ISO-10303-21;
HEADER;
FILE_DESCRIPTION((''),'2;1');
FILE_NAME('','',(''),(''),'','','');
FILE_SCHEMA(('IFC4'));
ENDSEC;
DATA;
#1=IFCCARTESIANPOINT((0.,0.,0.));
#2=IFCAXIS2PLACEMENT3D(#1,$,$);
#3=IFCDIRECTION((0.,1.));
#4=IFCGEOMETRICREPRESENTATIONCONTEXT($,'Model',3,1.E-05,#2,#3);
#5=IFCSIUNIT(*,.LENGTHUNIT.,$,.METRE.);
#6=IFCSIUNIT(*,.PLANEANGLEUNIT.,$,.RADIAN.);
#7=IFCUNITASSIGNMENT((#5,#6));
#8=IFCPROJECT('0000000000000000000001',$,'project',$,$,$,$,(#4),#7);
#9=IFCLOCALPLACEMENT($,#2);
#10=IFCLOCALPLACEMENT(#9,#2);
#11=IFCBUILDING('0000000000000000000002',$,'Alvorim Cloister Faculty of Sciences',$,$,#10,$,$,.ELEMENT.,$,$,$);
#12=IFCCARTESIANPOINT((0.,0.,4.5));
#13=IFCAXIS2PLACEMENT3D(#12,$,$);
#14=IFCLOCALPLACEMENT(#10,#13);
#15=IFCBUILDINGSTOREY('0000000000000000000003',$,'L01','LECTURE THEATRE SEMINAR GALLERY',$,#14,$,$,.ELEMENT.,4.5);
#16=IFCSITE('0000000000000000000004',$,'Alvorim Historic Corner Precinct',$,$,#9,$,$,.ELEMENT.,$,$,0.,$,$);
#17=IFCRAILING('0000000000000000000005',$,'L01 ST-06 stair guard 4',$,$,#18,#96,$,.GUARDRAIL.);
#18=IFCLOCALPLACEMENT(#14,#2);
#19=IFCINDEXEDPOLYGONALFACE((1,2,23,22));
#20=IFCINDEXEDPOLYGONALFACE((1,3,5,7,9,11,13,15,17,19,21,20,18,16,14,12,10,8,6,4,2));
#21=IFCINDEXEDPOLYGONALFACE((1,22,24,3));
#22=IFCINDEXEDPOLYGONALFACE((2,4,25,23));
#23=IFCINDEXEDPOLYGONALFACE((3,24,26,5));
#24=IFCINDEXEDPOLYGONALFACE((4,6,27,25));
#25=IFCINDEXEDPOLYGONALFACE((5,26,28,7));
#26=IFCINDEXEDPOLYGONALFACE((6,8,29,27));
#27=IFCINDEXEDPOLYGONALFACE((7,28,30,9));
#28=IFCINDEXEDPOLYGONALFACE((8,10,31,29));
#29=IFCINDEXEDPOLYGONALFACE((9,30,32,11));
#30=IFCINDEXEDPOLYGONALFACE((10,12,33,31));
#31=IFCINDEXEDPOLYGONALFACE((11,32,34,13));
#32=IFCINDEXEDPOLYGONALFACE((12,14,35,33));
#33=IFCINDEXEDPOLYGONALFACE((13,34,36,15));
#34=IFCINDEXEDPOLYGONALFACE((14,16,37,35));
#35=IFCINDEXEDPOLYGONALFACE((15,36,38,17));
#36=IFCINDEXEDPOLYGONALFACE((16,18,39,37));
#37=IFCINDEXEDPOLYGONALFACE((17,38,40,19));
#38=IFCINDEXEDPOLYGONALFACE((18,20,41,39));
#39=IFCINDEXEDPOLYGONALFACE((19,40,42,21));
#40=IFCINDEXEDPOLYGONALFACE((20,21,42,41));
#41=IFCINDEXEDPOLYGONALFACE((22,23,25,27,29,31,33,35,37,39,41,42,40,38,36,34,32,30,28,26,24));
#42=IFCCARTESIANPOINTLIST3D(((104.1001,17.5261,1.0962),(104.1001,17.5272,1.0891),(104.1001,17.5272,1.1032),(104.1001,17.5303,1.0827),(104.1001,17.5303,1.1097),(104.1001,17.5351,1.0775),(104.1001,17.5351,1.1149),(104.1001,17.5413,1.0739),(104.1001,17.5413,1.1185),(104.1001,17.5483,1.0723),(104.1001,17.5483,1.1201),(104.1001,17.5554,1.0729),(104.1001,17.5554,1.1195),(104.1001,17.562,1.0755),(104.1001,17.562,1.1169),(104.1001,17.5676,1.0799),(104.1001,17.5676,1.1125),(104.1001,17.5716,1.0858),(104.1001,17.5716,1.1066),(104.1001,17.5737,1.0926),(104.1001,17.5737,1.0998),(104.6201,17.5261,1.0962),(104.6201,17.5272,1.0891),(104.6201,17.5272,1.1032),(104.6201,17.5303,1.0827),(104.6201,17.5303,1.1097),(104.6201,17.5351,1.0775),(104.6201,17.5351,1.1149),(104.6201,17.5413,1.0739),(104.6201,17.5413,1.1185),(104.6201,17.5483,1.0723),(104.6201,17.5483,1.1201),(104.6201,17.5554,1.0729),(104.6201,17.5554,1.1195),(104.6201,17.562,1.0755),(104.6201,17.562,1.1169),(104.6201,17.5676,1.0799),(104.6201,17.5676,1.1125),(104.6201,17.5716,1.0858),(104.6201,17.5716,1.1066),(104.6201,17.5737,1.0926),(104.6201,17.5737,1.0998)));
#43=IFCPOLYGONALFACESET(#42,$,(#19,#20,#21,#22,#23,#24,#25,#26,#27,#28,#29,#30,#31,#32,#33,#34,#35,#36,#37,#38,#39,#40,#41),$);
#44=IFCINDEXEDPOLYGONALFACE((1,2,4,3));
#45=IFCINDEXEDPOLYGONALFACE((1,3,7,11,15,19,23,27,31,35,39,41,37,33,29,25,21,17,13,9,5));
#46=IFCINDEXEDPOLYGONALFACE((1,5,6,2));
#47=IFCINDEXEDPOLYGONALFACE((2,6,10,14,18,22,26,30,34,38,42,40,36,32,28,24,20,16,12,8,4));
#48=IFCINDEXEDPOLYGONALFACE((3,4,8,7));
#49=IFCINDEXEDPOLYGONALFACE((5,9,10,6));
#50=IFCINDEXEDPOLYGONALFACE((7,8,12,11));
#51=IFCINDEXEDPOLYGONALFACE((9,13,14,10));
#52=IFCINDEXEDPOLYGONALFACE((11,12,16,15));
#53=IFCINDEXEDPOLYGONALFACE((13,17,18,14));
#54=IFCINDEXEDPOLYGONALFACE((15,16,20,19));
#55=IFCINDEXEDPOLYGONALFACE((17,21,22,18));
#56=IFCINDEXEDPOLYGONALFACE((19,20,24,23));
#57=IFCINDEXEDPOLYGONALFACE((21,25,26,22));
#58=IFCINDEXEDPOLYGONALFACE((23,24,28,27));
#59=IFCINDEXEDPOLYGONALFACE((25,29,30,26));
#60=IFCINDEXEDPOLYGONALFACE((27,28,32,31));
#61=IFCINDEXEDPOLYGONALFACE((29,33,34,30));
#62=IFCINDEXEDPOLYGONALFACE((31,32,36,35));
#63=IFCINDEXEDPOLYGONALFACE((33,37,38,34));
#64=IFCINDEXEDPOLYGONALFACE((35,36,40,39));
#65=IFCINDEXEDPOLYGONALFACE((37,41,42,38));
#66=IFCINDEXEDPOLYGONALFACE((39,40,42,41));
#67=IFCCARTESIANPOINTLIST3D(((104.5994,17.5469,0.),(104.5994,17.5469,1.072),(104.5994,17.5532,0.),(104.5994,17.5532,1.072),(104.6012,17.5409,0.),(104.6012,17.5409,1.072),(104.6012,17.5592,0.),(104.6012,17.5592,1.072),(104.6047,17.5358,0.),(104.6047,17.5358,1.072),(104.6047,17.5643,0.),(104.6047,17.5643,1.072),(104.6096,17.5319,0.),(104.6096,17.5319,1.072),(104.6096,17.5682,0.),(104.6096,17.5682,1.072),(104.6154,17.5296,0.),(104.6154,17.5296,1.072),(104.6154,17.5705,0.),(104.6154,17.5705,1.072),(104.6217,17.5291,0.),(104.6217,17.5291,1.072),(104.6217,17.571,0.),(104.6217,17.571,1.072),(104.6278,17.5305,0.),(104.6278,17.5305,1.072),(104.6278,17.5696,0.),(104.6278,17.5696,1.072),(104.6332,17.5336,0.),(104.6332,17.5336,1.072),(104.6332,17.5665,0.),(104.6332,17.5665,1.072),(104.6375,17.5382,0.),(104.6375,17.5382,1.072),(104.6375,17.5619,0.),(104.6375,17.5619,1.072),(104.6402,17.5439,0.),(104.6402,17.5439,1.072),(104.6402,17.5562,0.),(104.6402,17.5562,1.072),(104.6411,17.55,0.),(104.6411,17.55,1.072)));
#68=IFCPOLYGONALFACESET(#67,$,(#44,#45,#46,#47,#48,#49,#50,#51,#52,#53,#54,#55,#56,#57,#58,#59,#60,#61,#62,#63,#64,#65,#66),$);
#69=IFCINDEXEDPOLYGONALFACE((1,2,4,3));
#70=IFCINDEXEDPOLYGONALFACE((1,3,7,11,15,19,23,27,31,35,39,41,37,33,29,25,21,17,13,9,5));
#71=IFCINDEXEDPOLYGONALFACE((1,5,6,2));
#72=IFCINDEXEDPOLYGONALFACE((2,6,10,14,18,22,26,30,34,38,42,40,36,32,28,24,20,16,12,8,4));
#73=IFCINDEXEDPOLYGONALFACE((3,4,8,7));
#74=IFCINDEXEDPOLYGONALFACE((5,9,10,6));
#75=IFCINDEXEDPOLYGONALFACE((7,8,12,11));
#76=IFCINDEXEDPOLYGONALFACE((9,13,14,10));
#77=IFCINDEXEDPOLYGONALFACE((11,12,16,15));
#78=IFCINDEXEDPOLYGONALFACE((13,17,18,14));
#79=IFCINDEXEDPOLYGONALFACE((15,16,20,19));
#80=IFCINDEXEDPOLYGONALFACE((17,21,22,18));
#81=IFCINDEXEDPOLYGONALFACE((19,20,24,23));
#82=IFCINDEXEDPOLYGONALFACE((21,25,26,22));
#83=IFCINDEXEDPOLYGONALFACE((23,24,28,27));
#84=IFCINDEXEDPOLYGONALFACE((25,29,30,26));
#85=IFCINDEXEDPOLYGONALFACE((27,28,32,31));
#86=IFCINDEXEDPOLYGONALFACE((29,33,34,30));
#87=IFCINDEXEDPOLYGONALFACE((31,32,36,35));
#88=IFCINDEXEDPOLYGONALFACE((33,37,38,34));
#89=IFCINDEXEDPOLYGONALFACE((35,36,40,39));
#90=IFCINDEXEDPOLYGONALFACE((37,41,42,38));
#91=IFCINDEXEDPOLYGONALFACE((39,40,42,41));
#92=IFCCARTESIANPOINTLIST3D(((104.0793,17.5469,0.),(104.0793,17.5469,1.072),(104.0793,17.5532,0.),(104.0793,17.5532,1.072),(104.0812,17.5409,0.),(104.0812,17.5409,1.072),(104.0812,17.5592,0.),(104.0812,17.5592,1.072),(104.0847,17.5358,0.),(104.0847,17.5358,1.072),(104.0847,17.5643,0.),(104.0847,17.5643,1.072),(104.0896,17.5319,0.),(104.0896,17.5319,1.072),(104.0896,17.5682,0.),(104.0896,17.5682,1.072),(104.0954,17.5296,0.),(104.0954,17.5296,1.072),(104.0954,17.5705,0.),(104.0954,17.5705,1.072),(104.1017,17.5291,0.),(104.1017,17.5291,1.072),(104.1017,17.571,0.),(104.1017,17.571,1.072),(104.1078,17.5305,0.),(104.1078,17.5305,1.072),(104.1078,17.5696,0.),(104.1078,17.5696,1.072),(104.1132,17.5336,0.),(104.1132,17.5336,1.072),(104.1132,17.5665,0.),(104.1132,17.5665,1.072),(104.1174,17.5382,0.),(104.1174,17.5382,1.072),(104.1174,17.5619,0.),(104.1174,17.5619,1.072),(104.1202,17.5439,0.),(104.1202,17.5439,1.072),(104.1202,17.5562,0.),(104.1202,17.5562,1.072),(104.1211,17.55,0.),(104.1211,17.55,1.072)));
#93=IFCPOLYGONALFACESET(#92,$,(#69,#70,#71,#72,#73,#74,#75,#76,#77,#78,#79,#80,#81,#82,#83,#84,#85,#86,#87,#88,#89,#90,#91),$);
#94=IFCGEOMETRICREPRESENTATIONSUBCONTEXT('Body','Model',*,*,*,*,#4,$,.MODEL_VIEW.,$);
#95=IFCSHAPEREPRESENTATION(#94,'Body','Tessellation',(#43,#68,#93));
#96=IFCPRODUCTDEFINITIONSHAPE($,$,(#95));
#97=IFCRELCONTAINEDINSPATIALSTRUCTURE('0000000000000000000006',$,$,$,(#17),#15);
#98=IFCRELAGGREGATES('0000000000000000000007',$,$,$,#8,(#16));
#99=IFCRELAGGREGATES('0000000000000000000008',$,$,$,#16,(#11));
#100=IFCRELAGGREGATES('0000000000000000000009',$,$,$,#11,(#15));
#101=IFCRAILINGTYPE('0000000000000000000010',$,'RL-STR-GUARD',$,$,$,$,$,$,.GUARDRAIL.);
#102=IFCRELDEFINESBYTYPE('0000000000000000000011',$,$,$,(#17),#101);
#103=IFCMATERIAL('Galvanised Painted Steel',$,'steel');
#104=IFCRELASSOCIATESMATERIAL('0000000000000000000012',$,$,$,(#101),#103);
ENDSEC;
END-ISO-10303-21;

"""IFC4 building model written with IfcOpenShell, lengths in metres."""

from ifc_helpers import new_model, si_unit, direction, frame, origin, origin_2d, place, context, subcontext, project, spatial, circle, extrude, material, type_object, element, save


model = new_model("IFC4")

# Units and contexts
model_context = context("Model", 3, precision=1e-05, world=origin(), true_north=direction((0.0, 1.0)))
body_context = subcontext(model_context, "Body", "Model", "MODEL_VIEW")
ifc_project = project(units=[si_unit("LENGTHUNIT", "METRE"), si_unit("PLANEANGLEUNIT", "RADIAN")], contexts=[model_context])

# Site, building, storey
site_placement = place(None, origin())
site = spatial("IfcSite", under=ifc_project, at=site_placement, Name="Alvorim Historic Corner Precinct", CompositionType="ELEMENT", RefElevation=0.0)
building_placement = place(site_placement, origin())
building = spatial("IfcBuilding", under=site, at=building_placement, Name="Alvorim Cloister Faculty of Sciences", CompositionType="ELEMENT")
storey_placement = place(building_placement, frame((0.0, 0.0, 4.5)))
storey = spatial("IfcBuildingStorey", under=building, at=storey_placement, Name="L01", Description="LECTURE THEATRE SEMINAR GALLERY", CompositionType="ELEMENT", Elevation=4.5)

# Railing
ifc_material_1 = material(Name="Galvanised Painted Steel", Category="steel")
railing_type_1 = type_object("IfcRailingType", Name="RL-STR-GUARD", PredefinedType="GUARDRAIL", material=ifc_material_1)
railing_1_placement = place(storey_placement, frame((104.6201, 17.55, 0.0)))
element("IfcRailing", 1, at=railing_1_placement, inside=storey, type_object=railing_type_1, Name="L01 ST-06 stair guard 4", PredefinedType="GUARDRAIL", context=body_context, shape_type="SweptSolid", body=[
    extrude(circle(Radius=0.0239, at=origin_2d()), frame((0.0, 0.0, 1.0962), z_axis=(-1.0, 0.0, 0.0), x_axis=(0.0, -1.0, 0.0)), (0.0, 0.0, 1.0), 0.52),
    extrude(circle(Radius=0.021, at=origin_2d()), origin(), (0.0, 0.0, 1.0), 1.072),
    extrude(circle(Radius=0.021, at=origin_2d()), frame((-0.52, 0.0, 0.0)), (0.0, 0.0, 1.0), 1.072),
])

save(model, "model.ifc")
